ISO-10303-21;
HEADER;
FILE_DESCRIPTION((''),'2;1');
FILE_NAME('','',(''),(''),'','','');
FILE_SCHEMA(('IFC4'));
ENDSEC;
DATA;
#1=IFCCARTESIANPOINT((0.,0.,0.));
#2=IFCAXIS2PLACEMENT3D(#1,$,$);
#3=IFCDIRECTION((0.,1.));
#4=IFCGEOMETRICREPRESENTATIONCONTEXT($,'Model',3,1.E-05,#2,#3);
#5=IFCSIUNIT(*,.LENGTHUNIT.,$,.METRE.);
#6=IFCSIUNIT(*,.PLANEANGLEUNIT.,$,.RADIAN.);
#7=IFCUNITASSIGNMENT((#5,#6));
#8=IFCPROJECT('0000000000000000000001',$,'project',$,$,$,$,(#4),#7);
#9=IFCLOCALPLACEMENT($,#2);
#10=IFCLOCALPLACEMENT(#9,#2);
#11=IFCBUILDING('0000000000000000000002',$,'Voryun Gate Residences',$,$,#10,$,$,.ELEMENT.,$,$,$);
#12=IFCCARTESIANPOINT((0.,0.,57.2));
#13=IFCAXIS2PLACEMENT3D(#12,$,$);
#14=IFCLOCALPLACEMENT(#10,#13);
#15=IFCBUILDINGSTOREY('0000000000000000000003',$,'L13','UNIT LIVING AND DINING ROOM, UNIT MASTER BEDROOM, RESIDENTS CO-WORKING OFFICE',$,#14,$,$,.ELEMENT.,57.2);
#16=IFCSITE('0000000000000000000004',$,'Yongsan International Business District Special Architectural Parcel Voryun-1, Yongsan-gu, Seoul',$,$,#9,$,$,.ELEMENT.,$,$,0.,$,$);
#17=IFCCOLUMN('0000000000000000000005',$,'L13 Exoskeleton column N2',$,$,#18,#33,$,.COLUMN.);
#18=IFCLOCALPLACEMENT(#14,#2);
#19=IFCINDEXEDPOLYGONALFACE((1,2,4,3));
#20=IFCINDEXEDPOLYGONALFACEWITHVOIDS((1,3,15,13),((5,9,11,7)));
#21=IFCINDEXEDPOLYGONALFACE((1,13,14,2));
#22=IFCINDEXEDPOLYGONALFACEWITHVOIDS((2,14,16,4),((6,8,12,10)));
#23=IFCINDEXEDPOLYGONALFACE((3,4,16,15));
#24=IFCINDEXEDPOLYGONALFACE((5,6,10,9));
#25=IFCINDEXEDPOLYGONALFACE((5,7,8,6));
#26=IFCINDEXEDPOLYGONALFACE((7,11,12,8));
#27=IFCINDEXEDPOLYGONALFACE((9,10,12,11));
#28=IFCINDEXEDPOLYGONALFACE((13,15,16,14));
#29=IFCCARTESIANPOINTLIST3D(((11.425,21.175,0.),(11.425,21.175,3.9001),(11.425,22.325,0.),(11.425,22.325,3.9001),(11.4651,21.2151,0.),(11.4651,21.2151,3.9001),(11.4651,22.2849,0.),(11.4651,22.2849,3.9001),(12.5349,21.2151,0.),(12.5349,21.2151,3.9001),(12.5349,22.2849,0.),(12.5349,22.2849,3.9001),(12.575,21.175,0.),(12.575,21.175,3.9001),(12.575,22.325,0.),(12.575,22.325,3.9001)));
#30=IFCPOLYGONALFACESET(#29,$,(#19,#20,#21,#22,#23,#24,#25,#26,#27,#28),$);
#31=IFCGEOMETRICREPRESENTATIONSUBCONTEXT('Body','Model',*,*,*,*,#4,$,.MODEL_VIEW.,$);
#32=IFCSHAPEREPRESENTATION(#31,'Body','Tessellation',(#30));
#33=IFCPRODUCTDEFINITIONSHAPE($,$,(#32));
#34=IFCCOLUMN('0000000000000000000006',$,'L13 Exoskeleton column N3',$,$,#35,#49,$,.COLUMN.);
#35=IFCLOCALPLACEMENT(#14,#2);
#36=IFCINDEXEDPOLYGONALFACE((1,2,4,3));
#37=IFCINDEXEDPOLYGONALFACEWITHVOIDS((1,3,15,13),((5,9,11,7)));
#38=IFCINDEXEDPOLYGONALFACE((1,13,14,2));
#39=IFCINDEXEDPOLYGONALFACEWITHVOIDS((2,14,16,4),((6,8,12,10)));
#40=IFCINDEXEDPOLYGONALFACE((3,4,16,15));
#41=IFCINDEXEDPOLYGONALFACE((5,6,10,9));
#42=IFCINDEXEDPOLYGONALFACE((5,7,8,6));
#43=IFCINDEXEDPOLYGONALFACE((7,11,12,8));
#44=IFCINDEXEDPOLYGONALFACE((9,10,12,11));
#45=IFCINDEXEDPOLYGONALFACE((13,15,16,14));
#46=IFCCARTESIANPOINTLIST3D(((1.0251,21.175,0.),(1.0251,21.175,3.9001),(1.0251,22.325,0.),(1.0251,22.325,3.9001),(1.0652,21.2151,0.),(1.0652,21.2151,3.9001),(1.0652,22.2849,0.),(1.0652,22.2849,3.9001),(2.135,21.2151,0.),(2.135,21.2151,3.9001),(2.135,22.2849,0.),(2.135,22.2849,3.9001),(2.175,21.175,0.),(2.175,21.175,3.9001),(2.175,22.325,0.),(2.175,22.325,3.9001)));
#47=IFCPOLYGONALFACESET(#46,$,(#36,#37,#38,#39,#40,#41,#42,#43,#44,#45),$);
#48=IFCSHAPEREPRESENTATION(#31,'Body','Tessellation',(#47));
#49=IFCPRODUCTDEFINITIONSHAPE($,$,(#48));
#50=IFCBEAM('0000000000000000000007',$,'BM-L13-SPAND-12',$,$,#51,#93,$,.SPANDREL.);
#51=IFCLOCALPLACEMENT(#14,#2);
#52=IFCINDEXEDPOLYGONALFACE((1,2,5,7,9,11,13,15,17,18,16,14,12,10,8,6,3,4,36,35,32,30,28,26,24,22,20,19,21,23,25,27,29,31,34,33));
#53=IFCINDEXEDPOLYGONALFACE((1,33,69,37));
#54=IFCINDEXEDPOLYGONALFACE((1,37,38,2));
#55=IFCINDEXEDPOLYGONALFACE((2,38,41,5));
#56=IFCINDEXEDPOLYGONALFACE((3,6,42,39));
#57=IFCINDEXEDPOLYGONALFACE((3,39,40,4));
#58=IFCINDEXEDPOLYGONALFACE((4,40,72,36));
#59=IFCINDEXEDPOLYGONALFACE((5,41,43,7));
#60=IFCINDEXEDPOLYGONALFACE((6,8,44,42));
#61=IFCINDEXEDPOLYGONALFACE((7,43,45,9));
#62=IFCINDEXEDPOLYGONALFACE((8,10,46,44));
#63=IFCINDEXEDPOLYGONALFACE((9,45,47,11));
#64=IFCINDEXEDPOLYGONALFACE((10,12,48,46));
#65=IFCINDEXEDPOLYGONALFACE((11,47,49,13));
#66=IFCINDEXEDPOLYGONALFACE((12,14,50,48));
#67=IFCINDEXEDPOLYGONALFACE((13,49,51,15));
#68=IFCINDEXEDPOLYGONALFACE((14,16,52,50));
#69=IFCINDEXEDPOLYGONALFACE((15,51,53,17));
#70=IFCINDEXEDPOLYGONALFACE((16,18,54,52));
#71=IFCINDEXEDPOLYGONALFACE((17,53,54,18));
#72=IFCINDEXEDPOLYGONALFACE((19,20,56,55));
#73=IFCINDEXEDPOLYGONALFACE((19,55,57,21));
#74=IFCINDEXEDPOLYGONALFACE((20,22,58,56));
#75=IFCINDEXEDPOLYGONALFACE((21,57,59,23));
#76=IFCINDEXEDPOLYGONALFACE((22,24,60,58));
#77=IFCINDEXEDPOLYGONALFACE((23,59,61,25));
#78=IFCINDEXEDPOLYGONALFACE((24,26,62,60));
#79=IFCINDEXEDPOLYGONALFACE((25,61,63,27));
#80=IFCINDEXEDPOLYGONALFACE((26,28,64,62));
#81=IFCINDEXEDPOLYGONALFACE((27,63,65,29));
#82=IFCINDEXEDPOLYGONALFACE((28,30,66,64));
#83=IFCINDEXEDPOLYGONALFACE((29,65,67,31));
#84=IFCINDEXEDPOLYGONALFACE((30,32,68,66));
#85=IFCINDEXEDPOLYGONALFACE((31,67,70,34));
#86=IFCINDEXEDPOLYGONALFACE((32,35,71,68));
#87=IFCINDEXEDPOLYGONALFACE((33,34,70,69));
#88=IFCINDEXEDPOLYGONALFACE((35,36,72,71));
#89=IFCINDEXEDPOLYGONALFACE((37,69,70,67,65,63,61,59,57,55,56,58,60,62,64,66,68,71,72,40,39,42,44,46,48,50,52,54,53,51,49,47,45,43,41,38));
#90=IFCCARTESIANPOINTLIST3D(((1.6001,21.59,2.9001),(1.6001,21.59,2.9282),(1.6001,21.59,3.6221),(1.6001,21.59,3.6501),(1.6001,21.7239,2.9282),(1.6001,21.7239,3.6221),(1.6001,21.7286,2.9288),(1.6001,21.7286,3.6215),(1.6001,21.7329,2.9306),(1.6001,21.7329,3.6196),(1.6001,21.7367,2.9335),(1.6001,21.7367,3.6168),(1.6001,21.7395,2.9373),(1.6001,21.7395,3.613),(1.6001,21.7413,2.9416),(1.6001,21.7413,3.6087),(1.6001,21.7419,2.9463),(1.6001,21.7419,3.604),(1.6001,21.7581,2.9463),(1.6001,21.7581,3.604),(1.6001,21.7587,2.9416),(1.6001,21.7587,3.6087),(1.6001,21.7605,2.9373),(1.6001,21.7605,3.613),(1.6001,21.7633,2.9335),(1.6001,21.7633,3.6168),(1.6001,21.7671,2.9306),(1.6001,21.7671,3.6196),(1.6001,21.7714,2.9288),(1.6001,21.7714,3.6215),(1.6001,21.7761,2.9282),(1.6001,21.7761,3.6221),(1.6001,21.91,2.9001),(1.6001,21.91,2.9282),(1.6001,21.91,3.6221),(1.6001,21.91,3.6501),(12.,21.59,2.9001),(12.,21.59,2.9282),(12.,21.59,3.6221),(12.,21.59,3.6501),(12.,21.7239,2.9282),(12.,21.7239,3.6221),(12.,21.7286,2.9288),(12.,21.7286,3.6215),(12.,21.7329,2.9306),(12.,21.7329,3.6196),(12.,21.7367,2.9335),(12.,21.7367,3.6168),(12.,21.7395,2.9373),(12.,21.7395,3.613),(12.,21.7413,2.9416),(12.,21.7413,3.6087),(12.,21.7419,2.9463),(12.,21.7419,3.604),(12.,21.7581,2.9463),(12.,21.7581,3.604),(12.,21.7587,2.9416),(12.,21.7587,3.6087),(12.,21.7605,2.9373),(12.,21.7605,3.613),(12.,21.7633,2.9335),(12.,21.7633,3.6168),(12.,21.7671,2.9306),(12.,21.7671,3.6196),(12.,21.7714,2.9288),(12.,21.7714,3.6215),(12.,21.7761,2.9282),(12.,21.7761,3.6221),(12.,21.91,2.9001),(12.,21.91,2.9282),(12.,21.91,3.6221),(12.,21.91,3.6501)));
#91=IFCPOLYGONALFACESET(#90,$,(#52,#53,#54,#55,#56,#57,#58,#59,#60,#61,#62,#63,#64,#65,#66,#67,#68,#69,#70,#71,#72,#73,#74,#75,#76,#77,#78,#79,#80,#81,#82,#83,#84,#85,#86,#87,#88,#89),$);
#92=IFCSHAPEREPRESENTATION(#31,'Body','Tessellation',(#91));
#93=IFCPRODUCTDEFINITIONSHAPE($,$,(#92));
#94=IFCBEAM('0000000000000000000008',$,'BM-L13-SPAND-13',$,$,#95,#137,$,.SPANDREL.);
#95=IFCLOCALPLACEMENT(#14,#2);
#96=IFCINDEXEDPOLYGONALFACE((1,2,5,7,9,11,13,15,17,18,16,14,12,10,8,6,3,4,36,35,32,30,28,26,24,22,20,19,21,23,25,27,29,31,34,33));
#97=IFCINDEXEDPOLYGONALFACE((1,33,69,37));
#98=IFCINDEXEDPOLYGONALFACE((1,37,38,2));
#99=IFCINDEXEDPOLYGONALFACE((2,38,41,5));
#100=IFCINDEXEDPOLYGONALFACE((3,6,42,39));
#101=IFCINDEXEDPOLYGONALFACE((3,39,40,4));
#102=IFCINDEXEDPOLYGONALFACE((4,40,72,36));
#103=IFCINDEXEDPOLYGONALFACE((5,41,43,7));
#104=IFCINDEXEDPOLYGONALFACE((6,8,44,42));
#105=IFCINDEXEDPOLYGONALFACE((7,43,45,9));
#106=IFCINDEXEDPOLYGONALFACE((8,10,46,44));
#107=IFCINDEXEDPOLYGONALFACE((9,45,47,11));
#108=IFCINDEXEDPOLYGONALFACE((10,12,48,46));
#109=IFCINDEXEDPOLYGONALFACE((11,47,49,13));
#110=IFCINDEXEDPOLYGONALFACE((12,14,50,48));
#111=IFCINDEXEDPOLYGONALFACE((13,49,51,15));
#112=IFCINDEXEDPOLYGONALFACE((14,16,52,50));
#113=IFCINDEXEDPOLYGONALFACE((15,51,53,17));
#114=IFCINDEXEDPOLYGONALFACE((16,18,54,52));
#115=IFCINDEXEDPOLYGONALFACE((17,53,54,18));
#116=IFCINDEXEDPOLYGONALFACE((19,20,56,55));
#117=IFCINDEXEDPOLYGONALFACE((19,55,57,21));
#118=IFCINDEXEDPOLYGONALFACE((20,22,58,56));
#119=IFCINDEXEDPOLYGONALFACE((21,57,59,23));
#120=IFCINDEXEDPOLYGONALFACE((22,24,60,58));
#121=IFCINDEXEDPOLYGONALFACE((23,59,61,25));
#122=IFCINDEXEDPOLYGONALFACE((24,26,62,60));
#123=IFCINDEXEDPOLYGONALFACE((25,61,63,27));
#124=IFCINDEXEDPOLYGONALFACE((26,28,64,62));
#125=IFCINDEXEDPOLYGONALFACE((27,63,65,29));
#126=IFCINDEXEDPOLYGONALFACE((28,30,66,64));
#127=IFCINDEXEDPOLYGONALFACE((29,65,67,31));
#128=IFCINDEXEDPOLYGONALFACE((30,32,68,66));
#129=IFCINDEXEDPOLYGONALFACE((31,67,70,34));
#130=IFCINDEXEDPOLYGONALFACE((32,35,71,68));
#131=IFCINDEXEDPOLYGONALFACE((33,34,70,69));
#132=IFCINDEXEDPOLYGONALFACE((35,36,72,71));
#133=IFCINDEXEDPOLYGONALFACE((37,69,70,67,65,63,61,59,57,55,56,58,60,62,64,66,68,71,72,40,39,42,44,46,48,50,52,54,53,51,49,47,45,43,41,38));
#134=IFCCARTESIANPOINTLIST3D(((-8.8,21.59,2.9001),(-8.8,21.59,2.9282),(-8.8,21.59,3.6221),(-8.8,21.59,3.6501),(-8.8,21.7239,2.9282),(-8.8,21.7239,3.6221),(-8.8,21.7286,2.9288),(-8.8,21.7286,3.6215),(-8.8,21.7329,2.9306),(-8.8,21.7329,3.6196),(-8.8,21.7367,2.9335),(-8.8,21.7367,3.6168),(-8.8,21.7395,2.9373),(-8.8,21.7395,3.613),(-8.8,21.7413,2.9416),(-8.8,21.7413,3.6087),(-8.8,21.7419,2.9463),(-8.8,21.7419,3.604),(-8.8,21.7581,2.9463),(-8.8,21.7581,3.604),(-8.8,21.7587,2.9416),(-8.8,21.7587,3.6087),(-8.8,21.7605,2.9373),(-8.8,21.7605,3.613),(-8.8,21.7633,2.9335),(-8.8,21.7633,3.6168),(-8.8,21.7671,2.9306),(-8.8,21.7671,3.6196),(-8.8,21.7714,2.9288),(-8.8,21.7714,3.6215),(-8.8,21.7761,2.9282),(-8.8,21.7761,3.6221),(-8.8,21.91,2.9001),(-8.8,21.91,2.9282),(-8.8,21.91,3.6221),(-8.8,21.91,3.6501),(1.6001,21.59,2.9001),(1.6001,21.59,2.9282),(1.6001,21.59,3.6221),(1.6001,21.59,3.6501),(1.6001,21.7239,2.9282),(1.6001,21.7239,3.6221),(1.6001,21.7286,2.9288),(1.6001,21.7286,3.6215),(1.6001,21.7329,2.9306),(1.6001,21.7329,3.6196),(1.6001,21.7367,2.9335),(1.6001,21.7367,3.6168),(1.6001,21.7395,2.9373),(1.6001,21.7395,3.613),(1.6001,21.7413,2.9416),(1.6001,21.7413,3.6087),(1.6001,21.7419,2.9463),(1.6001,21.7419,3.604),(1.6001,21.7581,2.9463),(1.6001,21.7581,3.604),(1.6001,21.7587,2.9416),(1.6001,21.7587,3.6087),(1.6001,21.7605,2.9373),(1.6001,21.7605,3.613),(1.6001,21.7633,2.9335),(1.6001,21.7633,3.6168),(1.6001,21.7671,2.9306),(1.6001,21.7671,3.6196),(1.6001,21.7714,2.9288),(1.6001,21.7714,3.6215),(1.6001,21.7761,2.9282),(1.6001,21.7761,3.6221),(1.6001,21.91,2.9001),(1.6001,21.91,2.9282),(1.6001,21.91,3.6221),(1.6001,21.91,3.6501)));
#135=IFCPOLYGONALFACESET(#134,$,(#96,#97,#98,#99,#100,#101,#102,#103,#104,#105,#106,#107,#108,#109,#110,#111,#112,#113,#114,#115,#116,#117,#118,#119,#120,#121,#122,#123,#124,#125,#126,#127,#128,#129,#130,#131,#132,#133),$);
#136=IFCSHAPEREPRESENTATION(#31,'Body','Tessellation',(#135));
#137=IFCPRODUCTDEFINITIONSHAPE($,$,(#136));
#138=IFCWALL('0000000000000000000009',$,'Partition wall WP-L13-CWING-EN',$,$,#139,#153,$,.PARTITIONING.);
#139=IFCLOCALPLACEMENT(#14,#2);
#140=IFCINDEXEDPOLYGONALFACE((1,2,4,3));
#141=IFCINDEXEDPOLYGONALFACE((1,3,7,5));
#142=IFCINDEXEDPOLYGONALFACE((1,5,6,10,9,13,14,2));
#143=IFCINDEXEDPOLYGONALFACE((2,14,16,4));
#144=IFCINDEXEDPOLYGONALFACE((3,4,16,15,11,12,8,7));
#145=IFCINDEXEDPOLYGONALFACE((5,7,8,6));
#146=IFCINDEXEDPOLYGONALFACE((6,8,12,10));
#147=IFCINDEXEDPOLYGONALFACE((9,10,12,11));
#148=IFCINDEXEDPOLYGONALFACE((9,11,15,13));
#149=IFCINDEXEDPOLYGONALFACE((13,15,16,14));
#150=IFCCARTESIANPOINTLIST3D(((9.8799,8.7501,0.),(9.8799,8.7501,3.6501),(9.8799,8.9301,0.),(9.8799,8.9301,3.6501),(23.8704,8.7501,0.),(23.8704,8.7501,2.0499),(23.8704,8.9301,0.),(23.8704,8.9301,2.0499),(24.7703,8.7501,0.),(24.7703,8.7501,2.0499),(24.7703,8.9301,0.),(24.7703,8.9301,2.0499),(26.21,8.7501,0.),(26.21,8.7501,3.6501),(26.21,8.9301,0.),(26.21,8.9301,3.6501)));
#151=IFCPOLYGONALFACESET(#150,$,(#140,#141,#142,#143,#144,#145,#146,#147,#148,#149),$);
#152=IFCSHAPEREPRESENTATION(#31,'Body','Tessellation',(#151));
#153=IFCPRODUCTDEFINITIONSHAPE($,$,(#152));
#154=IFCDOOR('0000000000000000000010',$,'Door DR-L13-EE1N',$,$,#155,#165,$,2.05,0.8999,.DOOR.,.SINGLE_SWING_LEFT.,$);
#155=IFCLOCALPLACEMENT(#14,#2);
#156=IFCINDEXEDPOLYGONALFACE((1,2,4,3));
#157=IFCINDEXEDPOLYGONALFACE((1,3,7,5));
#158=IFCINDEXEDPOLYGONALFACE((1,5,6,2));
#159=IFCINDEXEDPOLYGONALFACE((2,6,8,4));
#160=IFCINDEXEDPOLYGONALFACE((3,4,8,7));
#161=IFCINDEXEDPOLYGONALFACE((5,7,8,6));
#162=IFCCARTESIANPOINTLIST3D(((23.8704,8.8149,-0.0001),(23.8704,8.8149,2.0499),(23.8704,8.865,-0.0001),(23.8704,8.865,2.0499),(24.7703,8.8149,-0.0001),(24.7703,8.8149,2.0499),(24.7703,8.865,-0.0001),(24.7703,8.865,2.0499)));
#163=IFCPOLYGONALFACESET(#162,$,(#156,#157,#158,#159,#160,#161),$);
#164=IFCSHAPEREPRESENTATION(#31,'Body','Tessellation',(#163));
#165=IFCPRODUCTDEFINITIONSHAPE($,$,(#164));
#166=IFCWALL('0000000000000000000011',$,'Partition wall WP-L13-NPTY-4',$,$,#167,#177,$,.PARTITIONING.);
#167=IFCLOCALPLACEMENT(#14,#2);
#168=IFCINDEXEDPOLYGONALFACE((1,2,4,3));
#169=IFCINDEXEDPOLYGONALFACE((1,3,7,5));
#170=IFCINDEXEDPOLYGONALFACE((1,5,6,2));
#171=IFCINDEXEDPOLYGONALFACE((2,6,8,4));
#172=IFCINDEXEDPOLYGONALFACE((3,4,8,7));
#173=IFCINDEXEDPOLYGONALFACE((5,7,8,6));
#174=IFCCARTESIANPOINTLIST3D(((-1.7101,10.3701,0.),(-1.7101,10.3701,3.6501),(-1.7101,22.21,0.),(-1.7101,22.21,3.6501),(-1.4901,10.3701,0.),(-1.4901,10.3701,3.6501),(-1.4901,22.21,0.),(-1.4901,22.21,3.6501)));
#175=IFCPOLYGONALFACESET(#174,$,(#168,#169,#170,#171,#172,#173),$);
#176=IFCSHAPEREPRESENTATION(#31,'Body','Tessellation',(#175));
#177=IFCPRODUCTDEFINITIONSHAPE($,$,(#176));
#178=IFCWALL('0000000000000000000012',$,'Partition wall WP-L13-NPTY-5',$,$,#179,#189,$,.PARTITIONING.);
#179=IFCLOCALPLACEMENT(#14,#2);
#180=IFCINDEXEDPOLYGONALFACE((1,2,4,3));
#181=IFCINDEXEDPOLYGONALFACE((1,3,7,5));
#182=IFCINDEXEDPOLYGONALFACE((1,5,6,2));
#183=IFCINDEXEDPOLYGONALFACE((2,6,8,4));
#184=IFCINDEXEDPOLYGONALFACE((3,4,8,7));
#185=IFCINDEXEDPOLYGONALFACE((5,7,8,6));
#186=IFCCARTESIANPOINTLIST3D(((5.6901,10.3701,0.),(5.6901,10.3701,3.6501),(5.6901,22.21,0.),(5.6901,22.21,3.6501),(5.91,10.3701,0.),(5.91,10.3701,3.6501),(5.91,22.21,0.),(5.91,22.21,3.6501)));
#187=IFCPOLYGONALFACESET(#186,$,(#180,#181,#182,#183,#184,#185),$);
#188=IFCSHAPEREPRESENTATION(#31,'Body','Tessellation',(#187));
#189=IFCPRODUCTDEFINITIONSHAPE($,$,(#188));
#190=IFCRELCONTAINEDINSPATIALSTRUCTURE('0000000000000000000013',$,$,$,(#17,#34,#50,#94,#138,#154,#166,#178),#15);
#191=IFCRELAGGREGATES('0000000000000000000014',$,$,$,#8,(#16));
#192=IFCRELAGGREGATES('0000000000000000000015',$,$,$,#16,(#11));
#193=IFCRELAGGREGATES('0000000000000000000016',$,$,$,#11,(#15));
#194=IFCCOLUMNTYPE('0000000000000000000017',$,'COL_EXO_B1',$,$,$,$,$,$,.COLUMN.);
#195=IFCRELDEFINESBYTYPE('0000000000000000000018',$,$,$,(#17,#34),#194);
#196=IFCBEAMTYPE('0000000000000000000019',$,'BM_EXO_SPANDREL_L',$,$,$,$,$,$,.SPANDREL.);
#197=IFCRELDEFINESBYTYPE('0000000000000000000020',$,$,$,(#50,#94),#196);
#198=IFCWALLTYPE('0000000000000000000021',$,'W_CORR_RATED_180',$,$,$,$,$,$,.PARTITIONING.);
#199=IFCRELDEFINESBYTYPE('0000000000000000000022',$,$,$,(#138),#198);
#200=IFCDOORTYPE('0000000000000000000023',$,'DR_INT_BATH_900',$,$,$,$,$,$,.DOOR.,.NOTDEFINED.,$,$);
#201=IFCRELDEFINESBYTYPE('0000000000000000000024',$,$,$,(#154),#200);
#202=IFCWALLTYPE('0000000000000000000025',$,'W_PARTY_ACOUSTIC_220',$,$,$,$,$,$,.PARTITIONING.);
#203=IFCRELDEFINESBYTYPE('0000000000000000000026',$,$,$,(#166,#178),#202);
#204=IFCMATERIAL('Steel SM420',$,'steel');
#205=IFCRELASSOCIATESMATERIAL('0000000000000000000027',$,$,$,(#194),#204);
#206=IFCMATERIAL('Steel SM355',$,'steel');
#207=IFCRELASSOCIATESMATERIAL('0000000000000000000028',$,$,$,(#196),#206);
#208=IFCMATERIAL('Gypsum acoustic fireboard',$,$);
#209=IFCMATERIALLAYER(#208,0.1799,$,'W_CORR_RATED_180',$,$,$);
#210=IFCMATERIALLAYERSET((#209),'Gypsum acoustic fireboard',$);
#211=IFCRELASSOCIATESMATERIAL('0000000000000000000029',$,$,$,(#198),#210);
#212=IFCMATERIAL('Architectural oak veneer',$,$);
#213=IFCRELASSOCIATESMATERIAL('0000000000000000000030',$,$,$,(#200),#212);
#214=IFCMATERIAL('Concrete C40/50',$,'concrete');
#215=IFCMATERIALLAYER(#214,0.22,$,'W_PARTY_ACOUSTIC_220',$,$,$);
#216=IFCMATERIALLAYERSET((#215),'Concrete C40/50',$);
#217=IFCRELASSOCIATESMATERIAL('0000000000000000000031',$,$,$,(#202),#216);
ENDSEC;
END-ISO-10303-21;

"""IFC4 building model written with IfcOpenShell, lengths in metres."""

from ifc_helpers import new_model, si_unit, direction, frame, frame_2d, origin, origin_2d, place, context, subcontext, project, spatial, rectangle, hollow_rectangle, i_section, extrude, material, layer, layer_set, material_profile, profile_set, type_object, element, fill, save


model = new_model("IFC4")

# Units and contexts
model_context = context("Model", 3, precision=1e-05, world=origin(), true_north=direction((0.0, 1.0)))
body_context = subcontext(model_context, "Body", "Model", "MODEL_VIEW")
ifc_project = project(units=[si_unit("LENGTHUNIT", "METRE"), si_unit("PLANEANGLEUNIT", "RADIAN")], contexts=[model_context])

# Site, building, storey
site_placement = place(None, origin())
site = spatial("IfcSite", under=ifc_project, at=site_placement, Name="Yongsan International Business District Special Architectural Parcel Voryun-1, Yongsan-gu, Seoul", CompositionType="ELEMENT", RefElevation=0.0)
building_placement = place(site_placement, origin())
building = spatial("IfcBuilding", under=site, at=building_placement, Name="Voryun Gate Residences", CompositionType="ELEMENT")
storey_placement = place(building_placement, frame((0.0, 0.0, 57.2)))
storey = spatial("IfcBuildingStorey", under=building, at=storey_placement, Name="L13", Description="UNIT LIVING AND DINING ROOM, UNIT MASTER BEDROOM, RESIDENTS CO-WORKING OFFICE", CompositionType="ELEMENT", Elevation=57.2)

# Columns
ifc_material_1 = material(Name="Steel SM420", Category="steel")
ifc_material_profile_1 = material_profile(ifc_material_1, hollow_rectangle(XDim=1.1499, YDim=1.1499, WallThickness=0.04, at=origin_2d()), Name="BOX-1150x1150x40")
ifc_profile_set_1 = profile_set([ifc_material_profile_1], Name="Steel SM420")
column_type = type_object("IfcColumnType", Name="COL_EXO_B1", PredefinedType="COLUMN", material=ifc_profile_set_1)
for number, where, z_axis, x_axis, name in (
    (1, (12.0, 21.75, 0.0), (0.0, 0.0, 1.0), (1.0, 0.0, 0.0), "L13 Exoskeleton column N2"),
    (2, (1.6001, 21.75, 0.0), (0.0, 0.0, 1.0), (1.0, 0.0, 0.0), "L13 Exoskeleton column N3"),
):
    element("IfcColumn", number, at=place(storey_placement, frame(where, z_axis=z_axis, x_axis=x_axis)), inside=storey, type_object=column_type, Name=name, PredefinedType="COLUMN", context=body_context, shape_type="SweptSolid", body=[
        extrude(hollow_rectangle(XDim=1.1499, YDim=1.1499, WallThickness=0.04, at=origin_2d()), origin(), (0.0, 0.0, 1.0), 3.9001),
    ])

# Beams
ifc_material_2 = material(Name="Steel SM355", Category="steel")
ifc_material_profile_2 = material_profile(ifc_material_2, i_section(OverallWidth=0.3201, OverallDepth=0.75, WebThickness=0.0161, FlangeThickness=0.0281, FilletRadius=0.0181, at=origin_2d()), Name="H-750x320x16x28")
ifc_profile_set_2 = profile_set([ifc_material_profile_2], Name="Steel SM355")
beam_type = type_object("IfcBeamType", Name="BM_EXO_SPANDREL_L", PredefinedType="SPANDREL", material=ifc_profile_set_2)
beam_1_placement = place(storey_placement, frame((12.0, 21.75, 3.2751), z_axis=(-1.0, 0.0, 0.0), x_axis=(0.0, -1.0, 0.0)))
element("IfcBeam", 3, at=beam_1_placement, inside=storey, type_object=beam_type, Name="BM-L13-SPAND-12", PredefinedType="SPANDREL", context=body_context, shape_type="SweptSolid", body=[
    extrude(i_section(OverallWidth=0.3201, OverallDepth=0.75, WebThickness=0.0161, FlangeThickness=0.0281, FilletRadius=0.0181, at=origin_2d()), origin(), (0.0, 0.0, 1.0), 10.3999),
])
beam_2_placement = place(storey_placement, frame((1.6001, 21.75, 3.2751), z_axis=(-1.0, 0.0, 0.0), x_axis=(0.0, -1.0, 0.0)))
element("IfcBeam", 4, at=beam_2_placement, inside=storey, type_object=beam_type, Name="BM-L13-SPAND-13", PredefinedType="SPANDREL", context=body_context, shape_type="SweptSolid", body=[
    extrude(i_section(OverallWidth=0.3201, OverallDepth=0.75, WebThickness=0.0161, FlangeThickness=0.0281, FilletRadius=0.0181, at=origin_2d()), origin(), (0.0, 0.0, 1.0), 10.4001),
])

# Wall, opening, door
ifc_material_3 = material(Name="Gypsum acoustic fireboard")
ifc_layer_1 = layer(ifc_material_3, 0.1799, Name="W_CORR_RATED_180")
ifc_layer_set_1 = layer_set([ifc_layer_1], Name="Gypsum acoustic fireboard")
wall_type_1 = type_object("IfcWallType", Name="W_CORR_RATED_180", PredefinedType="PARTITIONING", material=ifc_layer_set_1)
wall_1_placement = place(storey_placement, frame((9.8799, 8.8401, 0.0), z_axis=(0.0, 0.0, 1.0), x_axis=(1.0, 0.0, 0.0)))
wall_1 = element("IfcWall", 5, at=wall_1_placement, inside=storey, type_object=wall_type_1, Name="Partition wall WP-L13-CWING-EN", PredefinedType="PARTITIONING", context=body_context, shape_type="SweptSolid", body=[
    extrude(rectangle(XDim=16.3301, YDim=0.1799, at=frame_2d((8.165, 0.0))), origin(), (0.0, 0.0, 1.0), 3.6501),
])
opening_1_placement = place(wall_1_placement, frame((13.9905, 0.0, 0.0)))
opening_1 = element("IfcOpeningElement", 6, at=opening_1_placement, cuts=wall_1, PredefinedType="OPENING", context=body_context, shape_type="SweptSolid", body=[
    extrude(rectangle(XDim=0.8999, YDim=2.05, at=frame_2d((0.45, 1.0249))), frame((0.0, 0.0999, 0.0), z_axis=(0.0, -1.0, 0.0), x_axis=(1.0, 0.0, 0.0)), (0.0, 0.0, 1.0), 0.2),
])
ifc_material_4 = material(Name="Architectural oak veneer")
door_type_1 = type_object("IfcDoorType", Name="DR_INT_BATH_900", OperationType="NOTDEFINED", PredefinedType="DOOR", material=ifc_material_4)
door_1_placement = place(opening_1_placement, origin())
door_1 = element("IfcDoor", 7, at=door_1_placement, inside=storey, type_object=door_type_1, Name="Door DR-L13-EE1N", OperationType="SINGLE_SWING_LEFT", OverallHeight=2.05, OverallWidth=0.8999, PredefinedType="DOOR", context=body_context, shape_type="SweptSolid", body=[
    extrude(rectangle(XDim=0.8999, YDim=2.05, at=frame_2d((0.45, 1.0249))), frame((0.0, 0.0249, 0.0), z_axis=(0.0, -1.0, 0.0), x_axis=(1.0, 0.0, 0.0)), (0.0, 0.0, 1.0), 0.05),
])
fill(opening_1, door_1)

# Walls
ifc_material_5 = material(Name="Concrete C40/50", Category="concrete")
ifc_layer_2 = layer(ifc_material_5, 0.22, Name="W_PARTY_ACOUSTIC_220")
ifc_layer_set_2 = layer_set([ifc_layer_2], Name="Concrete C40/50")
wall_type_2 = type_object("IfcWallType", Name="W_PARTY_ACOUSTIC_220", PredefinedType="PARTITIONING", material=ifc_layer_set_2)
for number, where, z_axis, x_axis, name in (
    (8, (-1.6001, 10.3701, 0.0), (0.0, 0.0, 1.0), (0.0, 1.0, 0.0), "Partition wall WP-L13-NPTY-4"),
    (9, (5.8, 10.3701, 0.0), (0.0, 0.0, 1.0), (0.0, 1.0, 0.0), "Partition wall WP-L13-NPTY-5"),
):
    element("IfcWall", number, at=place(storey_placement, frame(where, z_axis=z_axis, x_axis=x_axis)), inside=storey, type_object=wall_type_2, Name=name, PredefinedType="PARTITIONING", context=body_context, shape_type="SweptSolid", body=[
        extrude(rectangle(XDim=11.8398, YDim=0.22, at=frame_2d((5.9199, 0.0))), origin(), (0.0, 0.0, 1.0), 3.6501),
    ])

save(model, "model.ifc")
